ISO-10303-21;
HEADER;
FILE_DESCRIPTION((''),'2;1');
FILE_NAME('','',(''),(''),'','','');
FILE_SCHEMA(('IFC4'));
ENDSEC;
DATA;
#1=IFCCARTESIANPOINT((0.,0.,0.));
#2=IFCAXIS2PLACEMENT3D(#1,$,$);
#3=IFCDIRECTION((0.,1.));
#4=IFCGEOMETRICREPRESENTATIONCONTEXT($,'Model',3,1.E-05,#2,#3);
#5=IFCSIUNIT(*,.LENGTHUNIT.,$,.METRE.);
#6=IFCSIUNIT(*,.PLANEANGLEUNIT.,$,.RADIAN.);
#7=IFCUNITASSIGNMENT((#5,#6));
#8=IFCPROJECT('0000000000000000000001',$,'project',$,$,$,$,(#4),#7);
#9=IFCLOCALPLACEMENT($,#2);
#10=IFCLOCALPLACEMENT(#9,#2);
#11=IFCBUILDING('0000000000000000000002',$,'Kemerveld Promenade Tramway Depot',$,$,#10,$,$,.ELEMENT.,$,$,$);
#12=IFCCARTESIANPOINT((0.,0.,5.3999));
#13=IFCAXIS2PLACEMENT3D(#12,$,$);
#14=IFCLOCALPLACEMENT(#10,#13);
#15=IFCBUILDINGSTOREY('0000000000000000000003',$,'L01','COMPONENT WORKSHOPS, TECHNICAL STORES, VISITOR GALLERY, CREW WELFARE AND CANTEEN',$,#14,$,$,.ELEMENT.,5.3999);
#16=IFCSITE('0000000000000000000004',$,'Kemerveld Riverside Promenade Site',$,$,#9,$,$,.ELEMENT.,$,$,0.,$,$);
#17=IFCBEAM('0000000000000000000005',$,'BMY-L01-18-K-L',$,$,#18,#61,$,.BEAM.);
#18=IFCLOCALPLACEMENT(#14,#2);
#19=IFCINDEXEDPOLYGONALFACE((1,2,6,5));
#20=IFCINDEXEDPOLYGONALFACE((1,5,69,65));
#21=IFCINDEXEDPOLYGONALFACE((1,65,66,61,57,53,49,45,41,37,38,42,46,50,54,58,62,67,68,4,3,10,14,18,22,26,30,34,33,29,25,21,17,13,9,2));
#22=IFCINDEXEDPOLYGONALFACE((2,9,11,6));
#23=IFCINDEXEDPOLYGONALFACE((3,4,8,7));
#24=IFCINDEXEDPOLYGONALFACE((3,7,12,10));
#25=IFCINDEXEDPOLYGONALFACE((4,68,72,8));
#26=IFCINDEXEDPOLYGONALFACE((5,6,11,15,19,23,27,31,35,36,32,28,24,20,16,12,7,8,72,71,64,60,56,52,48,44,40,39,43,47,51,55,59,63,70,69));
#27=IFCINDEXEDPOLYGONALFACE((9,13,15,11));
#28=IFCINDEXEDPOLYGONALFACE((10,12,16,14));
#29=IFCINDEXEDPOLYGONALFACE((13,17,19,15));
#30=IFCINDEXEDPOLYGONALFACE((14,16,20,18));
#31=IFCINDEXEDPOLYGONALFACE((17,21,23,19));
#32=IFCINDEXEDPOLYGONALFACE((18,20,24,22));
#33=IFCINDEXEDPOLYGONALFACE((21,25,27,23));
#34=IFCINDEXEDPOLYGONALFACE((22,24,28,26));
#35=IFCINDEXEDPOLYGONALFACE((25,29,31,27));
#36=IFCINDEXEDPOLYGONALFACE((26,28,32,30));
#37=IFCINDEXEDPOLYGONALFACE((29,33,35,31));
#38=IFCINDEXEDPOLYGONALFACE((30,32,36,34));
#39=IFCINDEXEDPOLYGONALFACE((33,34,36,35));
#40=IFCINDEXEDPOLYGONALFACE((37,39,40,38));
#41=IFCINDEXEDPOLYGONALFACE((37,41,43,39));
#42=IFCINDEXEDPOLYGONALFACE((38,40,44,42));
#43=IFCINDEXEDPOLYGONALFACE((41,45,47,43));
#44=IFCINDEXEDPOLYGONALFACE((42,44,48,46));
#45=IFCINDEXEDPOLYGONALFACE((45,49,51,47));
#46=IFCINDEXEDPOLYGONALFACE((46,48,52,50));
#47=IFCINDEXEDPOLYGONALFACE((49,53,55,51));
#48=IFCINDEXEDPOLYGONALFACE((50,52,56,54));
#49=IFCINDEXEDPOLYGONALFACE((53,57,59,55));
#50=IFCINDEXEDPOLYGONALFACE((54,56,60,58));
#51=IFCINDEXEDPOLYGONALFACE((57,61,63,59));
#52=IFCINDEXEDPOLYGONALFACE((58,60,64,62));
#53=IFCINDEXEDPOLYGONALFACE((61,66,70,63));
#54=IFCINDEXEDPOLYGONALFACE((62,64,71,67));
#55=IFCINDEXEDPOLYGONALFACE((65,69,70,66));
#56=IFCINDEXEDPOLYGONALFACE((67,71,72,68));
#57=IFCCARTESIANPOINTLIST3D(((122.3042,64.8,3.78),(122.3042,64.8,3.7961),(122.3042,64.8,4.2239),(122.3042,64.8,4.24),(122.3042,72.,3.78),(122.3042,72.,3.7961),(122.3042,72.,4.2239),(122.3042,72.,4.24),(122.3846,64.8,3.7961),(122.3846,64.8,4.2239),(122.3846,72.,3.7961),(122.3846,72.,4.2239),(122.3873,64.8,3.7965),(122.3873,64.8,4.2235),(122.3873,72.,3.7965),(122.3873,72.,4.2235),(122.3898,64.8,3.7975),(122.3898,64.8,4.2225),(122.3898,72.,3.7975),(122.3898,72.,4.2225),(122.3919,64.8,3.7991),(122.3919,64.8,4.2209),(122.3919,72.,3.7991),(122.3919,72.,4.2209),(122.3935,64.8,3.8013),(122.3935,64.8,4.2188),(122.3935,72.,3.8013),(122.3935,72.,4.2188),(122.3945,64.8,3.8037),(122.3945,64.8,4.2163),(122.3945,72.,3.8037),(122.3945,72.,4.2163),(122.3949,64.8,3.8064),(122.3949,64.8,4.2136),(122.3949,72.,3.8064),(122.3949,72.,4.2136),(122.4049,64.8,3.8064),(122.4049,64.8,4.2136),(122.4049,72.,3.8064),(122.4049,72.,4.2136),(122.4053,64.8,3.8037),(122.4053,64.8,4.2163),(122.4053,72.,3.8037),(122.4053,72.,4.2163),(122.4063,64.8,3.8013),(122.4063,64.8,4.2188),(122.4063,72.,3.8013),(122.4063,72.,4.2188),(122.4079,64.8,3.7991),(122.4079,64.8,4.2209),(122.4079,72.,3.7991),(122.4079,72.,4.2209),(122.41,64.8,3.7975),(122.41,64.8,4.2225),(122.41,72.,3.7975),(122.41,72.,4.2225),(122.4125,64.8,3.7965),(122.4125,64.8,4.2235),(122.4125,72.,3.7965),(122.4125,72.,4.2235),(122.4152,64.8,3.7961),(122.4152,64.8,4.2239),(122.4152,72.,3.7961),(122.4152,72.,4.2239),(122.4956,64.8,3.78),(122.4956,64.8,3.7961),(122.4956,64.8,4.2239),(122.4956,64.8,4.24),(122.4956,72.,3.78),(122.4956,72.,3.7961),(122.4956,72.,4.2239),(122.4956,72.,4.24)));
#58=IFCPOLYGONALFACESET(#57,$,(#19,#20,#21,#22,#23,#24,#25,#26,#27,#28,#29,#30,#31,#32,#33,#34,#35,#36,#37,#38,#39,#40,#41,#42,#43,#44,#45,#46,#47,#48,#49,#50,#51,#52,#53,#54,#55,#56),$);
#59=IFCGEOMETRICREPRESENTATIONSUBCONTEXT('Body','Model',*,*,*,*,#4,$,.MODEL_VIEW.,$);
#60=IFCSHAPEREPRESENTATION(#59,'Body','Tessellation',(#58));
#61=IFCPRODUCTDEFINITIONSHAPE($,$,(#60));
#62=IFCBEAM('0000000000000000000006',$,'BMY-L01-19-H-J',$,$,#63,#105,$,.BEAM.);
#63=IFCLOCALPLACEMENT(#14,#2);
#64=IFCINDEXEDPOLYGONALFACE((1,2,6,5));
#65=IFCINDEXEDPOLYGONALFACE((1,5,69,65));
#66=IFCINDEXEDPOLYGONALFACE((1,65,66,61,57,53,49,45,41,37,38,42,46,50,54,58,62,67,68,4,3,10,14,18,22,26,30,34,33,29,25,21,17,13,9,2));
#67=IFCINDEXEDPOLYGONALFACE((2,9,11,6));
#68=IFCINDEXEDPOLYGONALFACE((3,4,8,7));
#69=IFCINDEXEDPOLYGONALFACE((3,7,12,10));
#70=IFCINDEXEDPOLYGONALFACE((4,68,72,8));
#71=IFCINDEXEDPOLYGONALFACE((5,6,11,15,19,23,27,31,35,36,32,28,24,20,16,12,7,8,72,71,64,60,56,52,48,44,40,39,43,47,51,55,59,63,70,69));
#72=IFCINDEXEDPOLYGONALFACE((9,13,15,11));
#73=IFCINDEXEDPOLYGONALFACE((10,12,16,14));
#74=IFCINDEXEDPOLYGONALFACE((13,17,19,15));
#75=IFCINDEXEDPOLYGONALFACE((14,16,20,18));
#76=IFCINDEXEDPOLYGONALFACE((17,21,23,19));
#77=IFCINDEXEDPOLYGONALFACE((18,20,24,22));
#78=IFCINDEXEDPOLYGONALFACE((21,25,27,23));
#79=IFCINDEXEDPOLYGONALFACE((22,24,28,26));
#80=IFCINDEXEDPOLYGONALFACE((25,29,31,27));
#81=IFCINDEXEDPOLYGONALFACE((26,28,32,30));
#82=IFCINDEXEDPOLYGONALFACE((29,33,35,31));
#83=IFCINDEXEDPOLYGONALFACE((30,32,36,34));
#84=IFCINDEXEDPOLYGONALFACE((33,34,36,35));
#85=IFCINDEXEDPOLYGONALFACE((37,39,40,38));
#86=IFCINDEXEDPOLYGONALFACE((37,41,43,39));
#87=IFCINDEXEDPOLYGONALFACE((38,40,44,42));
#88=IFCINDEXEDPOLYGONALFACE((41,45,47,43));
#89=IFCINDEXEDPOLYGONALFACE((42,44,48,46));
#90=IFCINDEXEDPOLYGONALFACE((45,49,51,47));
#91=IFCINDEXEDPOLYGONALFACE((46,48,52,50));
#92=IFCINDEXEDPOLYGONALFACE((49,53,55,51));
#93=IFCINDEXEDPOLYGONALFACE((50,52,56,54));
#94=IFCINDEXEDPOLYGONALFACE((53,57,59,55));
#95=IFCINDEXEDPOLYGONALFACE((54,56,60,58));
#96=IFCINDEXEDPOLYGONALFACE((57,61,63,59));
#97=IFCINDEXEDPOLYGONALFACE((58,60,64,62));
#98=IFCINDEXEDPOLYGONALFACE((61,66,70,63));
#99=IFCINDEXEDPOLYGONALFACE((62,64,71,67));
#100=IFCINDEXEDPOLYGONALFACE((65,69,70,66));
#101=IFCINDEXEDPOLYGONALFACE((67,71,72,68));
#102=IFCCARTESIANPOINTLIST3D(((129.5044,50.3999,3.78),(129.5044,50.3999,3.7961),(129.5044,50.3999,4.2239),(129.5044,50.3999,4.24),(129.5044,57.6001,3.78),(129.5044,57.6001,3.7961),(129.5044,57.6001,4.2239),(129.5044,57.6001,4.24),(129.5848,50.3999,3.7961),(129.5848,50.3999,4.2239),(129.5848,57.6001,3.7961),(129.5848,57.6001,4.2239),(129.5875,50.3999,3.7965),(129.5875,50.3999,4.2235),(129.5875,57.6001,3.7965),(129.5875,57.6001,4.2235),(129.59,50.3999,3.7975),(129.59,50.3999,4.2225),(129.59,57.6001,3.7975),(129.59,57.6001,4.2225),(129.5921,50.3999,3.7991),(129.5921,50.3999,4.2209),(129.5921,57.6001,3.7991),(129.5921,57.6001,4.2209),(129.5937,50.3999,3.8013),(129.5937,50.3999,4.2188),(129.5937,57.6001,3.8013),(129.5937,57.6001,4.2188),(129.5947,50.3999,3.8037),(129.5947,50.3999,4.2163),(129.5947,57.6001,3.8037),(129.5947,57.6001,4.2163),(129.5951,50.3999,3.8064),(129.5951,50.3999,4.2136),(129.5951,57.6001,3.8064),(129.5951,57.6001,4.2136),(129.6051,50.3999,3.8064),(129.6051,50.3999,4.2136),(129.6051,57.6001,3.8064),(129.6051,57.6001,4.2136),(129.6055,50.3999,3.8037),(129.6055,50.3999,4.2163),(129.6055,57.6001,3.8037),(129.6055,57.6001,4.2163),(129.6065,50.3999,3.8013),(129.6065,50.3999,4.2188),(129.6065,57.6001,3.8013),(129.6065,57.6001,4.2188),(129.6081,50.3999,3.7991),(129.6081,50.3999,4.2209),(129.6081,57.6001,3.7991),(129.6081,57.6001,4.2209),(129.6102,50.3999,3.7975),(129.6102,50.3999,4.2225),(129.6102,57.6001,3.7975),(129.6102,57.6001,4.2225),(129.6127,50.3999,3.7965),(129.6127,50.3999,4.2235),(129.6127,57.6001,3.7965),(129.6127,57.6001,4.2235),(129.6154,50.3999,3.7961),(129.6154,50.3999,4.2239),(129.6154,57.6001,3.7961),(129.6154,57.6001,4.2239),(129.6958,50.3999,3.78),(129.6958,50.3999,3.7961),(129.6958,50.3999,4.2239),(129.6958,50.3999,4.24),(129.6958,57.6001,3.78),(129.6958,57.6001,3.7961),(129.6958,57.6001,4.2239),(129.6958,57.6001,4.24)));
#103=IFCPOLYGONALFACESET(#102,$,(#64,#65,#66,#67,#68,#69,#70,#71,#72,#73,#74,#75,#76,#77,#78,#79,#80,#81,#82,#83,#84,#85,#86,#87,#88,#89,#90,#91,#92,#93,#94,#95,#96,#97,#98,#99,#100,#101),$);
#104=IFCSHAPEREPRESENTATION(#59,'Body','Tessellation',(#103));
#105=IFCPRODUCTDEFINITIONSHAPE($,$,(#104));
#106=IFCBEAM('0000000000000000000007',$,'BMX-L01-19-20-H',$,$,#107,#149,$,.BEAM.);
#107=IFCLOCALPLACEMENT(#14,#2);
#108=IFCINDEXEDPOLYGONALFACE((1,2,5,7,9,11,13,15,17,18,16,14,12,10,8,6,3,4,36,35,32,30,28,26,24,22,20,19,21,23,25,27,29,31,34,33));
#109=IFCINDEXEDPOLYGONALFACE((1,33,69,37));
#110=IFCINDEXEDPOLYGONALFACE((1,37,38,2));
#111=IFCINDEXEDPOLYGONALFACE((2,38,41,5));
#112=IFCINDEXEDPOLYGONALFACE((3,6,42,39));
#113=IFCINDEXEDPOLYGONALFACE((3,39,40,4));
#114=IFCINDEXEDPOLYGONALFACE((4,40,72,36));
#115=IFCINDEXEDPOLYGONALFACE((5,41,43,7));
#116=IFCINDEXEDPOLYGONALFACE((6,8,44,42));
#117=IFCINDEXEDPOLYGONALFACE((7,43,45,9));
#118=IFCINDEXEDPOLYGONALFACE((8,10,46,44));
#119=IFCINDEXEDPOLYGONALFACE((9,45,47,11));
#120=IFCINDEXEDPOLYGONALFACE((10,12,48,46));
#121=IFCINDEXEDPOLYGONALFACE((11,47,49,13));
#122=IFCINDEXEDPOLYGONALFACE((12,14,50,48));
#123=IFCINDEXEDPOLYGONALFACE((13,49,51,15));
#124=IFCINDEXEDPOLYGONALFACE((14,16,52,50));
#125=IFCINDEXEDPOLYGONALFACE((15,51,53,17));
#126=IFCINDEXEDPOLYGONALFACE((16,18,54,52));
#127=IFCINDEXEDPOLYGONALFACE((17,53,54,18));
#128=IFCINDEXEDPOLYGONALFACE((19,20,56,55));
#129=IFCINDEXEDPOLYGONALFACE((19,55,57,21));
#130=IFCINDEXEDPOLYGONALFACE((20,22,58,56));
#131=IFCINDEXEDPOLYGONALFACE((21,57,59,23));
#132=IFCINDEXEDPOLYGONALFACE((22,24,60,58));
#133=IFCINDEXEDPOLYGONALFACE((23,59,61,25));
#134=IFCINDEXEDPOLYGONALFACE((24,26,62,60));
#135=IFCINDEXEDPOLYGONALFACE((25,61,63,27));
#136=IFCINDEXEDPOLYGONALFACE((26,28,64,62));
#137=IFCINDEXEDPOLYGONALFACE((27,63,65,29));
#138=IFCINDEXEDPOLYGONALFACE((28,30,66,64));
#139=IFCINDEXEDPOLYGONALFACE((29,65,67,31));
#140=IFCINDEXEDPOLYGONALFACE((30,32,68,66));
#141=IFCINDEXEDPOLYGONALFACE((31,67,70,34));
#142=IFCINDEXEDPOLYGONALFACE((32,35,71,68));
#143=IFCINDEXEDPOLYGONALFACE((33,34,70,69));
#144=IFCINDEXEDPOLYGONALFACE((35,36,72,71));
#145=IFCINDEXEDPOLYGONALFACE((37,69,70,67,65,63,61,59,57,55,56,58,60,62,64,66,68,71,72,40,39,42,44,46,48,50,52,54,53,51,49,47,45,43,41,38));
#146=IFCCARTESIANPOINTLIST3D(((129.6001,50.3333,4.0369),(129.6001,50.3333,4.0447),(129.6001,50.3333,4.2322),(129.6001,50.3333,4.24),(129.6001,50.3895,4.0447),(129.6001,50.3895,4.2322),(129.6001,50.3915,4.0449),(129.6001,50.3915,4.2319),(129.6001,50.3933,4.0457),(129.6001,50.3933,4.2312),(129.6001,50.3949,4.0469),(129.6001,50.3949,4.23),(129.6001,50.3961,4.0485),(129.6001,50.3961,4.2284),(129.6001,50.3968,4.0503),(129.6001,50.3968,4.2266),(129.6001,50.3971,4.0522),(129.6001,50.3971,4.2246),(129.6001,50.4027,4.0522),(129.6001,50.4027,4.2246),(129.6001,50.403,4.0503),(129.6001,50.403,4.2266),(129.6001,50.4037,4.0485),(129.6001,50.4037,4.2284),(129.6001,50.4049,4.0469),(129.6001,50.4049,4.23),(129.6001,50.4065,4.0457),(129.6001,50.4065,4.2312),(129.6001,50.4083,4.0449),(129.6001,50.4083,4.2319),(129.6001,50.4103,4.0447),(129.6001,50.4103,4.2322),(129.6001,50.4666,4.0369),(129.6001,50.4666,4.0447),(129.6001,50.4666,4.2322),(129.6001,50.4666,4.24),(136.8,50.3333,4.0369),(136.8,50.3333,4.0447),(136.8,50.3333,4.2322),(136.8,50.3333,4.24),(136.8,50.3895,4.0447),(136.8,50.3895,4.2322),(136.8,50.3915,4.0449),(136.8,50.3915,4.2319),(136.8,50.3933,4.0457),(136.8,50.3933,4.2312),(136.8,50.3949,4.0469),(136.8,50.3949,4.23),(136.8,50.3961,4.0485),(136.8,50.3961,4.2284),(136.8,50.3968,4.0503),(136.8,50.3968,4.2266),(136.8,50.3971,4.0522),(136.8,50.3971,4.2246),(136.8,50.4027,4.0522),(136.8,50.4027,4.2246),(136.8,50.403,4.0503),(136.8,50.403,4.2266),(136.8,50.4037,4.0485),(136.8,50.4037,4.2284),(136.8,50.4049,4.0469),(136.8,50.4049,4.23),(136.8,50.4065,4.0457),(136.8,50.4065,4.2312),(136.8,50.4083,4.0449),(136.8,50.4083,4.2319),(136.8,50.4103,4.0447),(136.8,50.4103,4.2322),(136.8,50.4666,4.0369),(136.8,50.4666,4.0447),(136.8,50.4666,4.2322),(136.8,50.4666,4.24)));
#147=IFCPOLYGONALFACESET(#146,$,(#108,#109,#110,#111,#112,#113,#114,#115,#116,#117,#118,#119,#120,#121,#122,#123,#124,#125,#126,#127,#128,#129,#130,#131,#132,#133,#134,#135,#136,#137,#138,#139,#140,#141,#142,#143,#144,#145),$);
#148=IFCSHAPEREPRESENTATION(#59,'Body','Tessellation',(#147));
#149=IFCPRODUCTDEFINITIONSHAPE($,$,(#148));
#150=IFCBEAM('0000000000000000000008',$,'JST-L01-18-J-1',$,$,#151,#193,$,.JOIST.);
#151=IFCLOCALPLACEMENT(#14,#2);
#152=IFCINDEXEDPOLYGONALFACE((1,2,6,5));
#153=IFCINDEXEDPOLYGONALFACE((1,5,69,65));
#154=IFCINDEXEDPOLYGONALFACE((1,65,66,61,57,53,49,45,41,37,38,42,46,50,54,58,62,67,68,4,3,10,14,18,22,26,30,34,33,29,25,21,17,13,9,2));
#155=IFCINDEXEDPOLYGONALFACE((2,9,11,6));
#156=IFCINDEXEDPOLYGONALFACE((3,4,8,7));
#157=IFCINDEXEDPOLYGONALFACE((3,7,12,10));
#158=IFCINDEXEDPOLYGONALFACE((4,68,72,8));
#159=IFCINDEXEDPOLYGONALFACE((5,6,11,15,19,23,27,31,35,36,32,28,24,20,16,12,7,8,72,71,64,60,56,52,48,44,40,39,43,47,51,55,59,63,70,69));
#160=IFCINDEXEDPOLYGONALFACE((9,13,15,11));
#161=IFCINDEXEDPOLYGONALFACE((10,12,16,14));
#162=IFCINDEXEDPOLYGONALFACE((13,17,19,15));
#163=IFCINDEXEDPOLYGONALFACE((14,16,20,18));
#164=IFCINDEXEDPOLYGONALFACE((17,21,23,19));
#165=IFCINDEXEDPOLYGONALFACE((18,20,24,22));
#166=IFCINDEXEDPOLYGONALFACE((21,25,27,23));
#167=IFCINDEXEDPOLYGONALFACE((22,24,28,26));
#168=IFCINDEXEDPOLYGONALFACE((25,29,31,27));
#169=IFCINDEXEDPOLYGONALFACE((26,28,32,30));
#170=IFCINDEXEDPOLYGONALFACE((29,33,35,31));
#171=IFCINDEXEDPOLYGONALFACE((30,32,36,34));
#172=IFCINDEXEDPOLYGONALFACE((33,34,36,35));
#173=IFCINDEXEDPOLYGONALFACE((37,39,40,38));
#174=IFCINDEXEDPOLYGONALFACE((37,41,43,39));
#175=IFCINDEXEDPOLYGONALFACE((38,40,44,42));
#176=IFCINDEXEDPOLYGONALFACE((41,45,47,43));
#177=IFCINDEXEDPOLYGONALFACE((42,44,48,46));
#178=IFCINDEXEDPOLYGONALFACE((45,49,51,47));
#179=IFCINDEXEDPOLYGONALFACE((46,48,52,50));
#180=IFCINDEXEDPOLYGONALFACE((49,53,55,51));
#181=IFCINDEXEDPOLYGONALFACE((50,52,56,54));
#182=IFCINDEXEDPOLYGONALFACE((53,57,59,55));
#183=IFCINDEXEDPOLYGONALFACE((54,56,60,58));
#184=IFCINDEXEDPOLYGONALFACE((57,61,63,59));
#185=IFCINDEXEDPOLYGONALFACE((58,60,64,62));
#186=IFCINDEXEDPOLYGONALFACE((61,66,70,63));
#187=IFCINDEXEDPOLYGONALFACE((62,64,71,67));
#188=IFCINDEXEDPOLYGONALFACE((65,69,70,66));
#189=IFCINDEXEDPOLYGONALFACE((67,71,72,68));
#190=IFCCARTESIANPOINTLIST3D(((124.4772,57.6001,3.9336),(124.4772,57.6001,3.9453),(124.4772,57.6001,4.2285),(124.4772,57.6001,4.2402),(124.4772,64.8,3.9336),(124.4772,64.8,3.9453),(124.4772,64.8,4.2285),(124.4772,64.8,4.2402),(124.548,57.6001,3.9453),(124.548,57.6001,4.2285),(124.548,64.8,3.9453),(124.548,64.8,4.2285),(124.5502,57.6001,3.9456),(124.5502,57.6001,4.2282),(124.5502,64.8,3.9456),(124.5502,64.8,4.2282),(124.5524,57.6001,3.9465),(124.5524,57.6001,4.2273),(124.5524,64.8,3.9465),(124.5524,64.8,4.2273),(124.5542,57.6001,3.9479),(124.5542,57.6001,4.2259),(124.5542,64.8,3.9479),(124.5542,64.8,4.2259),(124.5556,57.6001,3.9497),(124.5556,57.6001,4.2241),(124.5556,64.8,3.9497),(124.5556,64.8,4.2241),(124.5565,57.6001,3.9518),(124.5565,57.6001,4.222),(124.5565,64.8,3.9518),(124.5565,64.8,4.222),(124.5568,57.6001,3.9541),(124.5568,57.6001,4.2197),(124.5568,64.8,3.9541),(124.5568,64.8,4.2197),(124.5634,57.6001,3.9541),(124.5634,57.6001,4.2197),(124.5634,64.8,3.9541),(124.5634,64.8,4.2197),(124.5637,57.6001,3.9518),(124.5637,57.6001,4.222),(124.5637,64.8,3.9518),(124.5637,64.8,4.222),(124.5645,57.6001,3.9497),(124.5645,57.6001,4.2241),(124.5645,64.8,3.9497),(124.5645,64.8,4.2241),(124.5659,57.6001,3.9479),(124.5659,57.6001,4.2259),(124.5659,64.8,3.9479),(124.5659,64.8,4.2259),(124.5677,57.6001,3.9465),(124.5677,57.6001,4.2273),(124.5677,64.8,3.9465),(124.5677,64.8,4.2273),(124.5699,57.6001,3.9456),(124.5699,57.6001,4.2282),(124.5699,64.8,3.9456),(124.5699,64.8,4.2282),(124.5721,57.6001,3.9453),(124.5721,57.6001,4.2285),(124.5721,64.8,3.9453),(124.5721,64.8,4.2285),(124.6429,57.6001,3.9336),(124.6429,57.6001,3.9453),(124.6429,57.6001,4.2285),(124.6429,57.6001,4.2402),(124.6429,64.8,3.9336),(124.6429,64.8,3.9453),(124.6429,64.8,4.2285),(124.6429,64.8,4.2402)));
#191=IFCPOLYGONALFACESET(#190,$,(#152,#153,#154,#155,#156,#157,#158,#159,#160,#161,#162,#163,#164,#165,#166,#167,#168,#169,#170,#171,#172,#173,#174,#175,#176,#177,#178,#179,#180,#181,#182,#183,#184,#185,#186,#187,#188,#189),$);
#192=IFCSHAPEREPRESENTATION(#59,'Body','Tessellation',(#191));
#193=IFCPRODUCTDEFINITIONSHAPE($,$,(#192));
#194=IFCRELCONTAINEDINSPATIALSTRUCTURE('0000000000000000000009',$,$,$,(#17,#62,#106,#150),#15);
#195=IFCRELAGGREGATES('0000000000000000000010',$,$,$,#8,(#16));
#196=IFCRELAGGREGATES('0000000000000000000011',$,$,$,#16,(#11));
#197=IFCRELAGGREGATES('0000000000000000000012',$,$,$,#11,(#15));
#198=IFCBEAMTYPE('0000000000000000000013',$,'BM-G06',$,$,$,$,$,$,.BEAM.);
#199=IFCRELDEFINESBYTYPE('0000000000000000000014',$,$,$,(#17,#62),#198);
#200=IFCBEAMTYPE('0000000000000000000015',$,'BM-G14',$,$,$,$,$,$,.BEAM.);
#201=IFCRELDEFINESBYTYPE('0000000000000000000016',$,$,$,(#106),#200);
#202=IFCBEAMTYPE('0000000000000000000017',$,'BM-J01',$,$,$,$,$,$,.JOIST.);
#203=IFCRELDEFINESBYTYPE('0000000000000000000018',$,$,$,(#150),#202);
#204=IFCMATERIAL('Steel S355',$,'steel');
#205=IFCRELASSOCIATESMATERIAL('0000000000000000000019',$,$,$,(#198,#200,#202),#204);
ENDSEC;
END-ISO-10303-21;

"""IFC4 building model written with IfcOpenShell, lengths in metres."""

from ifc_helpers import new_model, si_unit, direction, frame, origin, origin_2d, place, context, subcontext, project, spatial, i_section, extrude, material, material_profile, profile_set, type_object, element, save


model = new_model("IFC4")

# Units and contexts
model_context = context("Model", 3, precision=1e-05, world=origin(), true_north=direction((0.0, 1.0)))
body_context = subcontext(model_context, "Body", "Model", "MODEL_VIEW")
ifc_project = project(units=[si_unit("LENGTHUNIT", "METRE"), si_unit("PLANEANGLEUNIT", "RADIAN")], contexts=[model_context])

# Site, building, storey
site_placement = place(None, origin())
site = spatial("IfcSite", under=ifc_project, at=site_placement, Name="Kemerveld Riverside Promenade Site", CompositionType="ELEMENT", RefElevation=0.0)
building_placement = place(site_placement, origin())
building = spatial("IfcBuilding", under=site, at=building_placement, Name="Kemerveld Promenade Tramway Depot", CompositionType="ELEMENT")
storey_placement = place(building_placement, frame((0.0, 0.0, 5.3999)))
storey = spatial("IfcBuildingStorey", under=building, at=storey_placement, Name="L01", Description="COMPONENT WORKSHOPS, TECHNICAL STORES, VISITOR GALLERY, CREW WELFARE AND CANTEEN", CompositionType="ELEMENT", Elevation=5.3999)

# Beams
ifc_material_1 = material(Name="Steel S355", Category="steel")
ifc_material_profile_1 = material_profile(ifc_material_1, i_section(OverallWidth=0.1914, OverallDepth=0.46, WebThickness=0.01, FlangeThickness=0.0161, FilletRadius=0.0103, at=origin_2d()), Name="457x191x82 UB")
ifc_profile_set_1 = profile_set([ifc_material_profile_1], Name="Steel S355")
beam_type_1 = type_object("IfcBeamType", Name="BM-G06", PredefinedType="BEAM", material=ifc_profile_set_1)
for number, where, z_axis, x_axis, name in (
    (1, (122.3999, 64.8, 4.01), (0.0, 1.0, 0.0), (-1.0, 0.0, 0.0), "BMY-L01-18-K-L"),
):
    element("IfcBeam", number, at=place(storey_placement, frame(where, z_axis=z_axis, x_axis=x_axis)), inside=storey, type_object=beam_type_1, Name=name, PredefinedType="BEAM", context=body_context, shape_type="SweptSolid", body=[
        extrude(i_section(OverallWidth=0.1914, OverallDepth=0.46, WebThickness=0.01, FlangeThickness=0.0161, FilletRadius=0.0103, at=origin_2d()), origin(), (0.0, 0.0, 1.0), 7.2),
    ])
beam_1_placement = place(storey_placement, frame((129.6001, 50.3999, 4.01), z_axis=(0.0, 1.0, 0.0), x_axis=(-1.0, 0.0, 0.0)))
element("IfcBeam", 2, at=beam_1_placement, inside=storey, type_object=beam_type_1, Name="BMY-L01-19-H-J", PredefinedType="BEAM", context=body_context, shape_type="SweptSolid", body=[
    extrude(i_section(OverallWidth=0.1914, OverallDepth=0.46, WebThickness=0.01, FlangeThickness=0.0161, FilletRadius=0.0103, at=origin_2d()), origin(), (0.0, 0.0, 1.0), 7.2002),
])
ifc_material_profile_2 = material_profile(ifc_material_1, i_section(OverallWidth=0.1333, OverallDepth=0.2031, WebThickness=0.0056, FlangeThickness=0.0078, FilletRadius=0.0076, at=origin_2d()), Name="203x133x25 UB")
ifc_profile_set_2 = profile_set([ifc_material_profile_2], Name="Steel S355")
beam_type_2 = type_object("IfcBeamType", Name="BM-G14", PredefinedType="BEAM", material=ifc_profile_set_2)
beam_2_placement = place(storey_placement, frame((129.6001, 50.3999, 4.1384), z_axis=(1.0, 0.0, 0.0), x_axis=(0.0, 1.0, 0.0)))
element("IfcBeam", 3, at=beam_2_placement, inside=storey, type_object=beam_type_2, Name="BMX-L01-19-20-H", PredefinedType="BEAM", context=body_context, shape_type="SweptSolid", body=[
    extrude(i_section(OverallWidth=0.1333, OverallDepth=0.2031, WebThickness=0.0056, FlangeThickness=0.0078, FilletRadius=0.0076, at=origin_2d()), origin(), (0.0, 0.0, 1.0), 7.2),
])
ifc_material_profile_3 = material_profile(ifc_material_1, i_section(OverallWidth=0.1658, OverallDepth=0.3066, WebThickness=0.0066, FlangeThickness=0.0117, FilletRadius=0.0088, at=origin_2d()), Name="305x165x46 UB")
ifc_profile_set_3 = profile_set([ifc_material_profile_3], Name="Steel S355")
beam_type_3 = type_object("IfcBeamType", Name="BM-J01", PredefinedType="JOIST", material=ifc_profile_set_3)
for number, where, z_axis, x_axis, name in (
    (4, (124.5601, 57.6001, 4.0869), (0.0, 1.0, 0.0), (-1.0, 0.0, 0.0), "JST-L01-18-J-1"),
):
    element("IfcBeam", number, at=place(storey_placement, frame(where, z_axis=z_axis, x_axis=x_axis)), inside=storey, type_object=beam_type_3, Name=name, PredefinedType="JOIST", context=body_context, shape_type="SweptSolid", body=[
        extrude(i_section(OverallWidth=0.1658, OverallDepth=0.3066, WebThickness=0.0066, FlangeThickness=0.0117, FilletRadius=0.0088, at=origin_2d()), origin(), (0.0, 0.0, 1.0), 7.2),
    ])

save(model, "model.ifc")
